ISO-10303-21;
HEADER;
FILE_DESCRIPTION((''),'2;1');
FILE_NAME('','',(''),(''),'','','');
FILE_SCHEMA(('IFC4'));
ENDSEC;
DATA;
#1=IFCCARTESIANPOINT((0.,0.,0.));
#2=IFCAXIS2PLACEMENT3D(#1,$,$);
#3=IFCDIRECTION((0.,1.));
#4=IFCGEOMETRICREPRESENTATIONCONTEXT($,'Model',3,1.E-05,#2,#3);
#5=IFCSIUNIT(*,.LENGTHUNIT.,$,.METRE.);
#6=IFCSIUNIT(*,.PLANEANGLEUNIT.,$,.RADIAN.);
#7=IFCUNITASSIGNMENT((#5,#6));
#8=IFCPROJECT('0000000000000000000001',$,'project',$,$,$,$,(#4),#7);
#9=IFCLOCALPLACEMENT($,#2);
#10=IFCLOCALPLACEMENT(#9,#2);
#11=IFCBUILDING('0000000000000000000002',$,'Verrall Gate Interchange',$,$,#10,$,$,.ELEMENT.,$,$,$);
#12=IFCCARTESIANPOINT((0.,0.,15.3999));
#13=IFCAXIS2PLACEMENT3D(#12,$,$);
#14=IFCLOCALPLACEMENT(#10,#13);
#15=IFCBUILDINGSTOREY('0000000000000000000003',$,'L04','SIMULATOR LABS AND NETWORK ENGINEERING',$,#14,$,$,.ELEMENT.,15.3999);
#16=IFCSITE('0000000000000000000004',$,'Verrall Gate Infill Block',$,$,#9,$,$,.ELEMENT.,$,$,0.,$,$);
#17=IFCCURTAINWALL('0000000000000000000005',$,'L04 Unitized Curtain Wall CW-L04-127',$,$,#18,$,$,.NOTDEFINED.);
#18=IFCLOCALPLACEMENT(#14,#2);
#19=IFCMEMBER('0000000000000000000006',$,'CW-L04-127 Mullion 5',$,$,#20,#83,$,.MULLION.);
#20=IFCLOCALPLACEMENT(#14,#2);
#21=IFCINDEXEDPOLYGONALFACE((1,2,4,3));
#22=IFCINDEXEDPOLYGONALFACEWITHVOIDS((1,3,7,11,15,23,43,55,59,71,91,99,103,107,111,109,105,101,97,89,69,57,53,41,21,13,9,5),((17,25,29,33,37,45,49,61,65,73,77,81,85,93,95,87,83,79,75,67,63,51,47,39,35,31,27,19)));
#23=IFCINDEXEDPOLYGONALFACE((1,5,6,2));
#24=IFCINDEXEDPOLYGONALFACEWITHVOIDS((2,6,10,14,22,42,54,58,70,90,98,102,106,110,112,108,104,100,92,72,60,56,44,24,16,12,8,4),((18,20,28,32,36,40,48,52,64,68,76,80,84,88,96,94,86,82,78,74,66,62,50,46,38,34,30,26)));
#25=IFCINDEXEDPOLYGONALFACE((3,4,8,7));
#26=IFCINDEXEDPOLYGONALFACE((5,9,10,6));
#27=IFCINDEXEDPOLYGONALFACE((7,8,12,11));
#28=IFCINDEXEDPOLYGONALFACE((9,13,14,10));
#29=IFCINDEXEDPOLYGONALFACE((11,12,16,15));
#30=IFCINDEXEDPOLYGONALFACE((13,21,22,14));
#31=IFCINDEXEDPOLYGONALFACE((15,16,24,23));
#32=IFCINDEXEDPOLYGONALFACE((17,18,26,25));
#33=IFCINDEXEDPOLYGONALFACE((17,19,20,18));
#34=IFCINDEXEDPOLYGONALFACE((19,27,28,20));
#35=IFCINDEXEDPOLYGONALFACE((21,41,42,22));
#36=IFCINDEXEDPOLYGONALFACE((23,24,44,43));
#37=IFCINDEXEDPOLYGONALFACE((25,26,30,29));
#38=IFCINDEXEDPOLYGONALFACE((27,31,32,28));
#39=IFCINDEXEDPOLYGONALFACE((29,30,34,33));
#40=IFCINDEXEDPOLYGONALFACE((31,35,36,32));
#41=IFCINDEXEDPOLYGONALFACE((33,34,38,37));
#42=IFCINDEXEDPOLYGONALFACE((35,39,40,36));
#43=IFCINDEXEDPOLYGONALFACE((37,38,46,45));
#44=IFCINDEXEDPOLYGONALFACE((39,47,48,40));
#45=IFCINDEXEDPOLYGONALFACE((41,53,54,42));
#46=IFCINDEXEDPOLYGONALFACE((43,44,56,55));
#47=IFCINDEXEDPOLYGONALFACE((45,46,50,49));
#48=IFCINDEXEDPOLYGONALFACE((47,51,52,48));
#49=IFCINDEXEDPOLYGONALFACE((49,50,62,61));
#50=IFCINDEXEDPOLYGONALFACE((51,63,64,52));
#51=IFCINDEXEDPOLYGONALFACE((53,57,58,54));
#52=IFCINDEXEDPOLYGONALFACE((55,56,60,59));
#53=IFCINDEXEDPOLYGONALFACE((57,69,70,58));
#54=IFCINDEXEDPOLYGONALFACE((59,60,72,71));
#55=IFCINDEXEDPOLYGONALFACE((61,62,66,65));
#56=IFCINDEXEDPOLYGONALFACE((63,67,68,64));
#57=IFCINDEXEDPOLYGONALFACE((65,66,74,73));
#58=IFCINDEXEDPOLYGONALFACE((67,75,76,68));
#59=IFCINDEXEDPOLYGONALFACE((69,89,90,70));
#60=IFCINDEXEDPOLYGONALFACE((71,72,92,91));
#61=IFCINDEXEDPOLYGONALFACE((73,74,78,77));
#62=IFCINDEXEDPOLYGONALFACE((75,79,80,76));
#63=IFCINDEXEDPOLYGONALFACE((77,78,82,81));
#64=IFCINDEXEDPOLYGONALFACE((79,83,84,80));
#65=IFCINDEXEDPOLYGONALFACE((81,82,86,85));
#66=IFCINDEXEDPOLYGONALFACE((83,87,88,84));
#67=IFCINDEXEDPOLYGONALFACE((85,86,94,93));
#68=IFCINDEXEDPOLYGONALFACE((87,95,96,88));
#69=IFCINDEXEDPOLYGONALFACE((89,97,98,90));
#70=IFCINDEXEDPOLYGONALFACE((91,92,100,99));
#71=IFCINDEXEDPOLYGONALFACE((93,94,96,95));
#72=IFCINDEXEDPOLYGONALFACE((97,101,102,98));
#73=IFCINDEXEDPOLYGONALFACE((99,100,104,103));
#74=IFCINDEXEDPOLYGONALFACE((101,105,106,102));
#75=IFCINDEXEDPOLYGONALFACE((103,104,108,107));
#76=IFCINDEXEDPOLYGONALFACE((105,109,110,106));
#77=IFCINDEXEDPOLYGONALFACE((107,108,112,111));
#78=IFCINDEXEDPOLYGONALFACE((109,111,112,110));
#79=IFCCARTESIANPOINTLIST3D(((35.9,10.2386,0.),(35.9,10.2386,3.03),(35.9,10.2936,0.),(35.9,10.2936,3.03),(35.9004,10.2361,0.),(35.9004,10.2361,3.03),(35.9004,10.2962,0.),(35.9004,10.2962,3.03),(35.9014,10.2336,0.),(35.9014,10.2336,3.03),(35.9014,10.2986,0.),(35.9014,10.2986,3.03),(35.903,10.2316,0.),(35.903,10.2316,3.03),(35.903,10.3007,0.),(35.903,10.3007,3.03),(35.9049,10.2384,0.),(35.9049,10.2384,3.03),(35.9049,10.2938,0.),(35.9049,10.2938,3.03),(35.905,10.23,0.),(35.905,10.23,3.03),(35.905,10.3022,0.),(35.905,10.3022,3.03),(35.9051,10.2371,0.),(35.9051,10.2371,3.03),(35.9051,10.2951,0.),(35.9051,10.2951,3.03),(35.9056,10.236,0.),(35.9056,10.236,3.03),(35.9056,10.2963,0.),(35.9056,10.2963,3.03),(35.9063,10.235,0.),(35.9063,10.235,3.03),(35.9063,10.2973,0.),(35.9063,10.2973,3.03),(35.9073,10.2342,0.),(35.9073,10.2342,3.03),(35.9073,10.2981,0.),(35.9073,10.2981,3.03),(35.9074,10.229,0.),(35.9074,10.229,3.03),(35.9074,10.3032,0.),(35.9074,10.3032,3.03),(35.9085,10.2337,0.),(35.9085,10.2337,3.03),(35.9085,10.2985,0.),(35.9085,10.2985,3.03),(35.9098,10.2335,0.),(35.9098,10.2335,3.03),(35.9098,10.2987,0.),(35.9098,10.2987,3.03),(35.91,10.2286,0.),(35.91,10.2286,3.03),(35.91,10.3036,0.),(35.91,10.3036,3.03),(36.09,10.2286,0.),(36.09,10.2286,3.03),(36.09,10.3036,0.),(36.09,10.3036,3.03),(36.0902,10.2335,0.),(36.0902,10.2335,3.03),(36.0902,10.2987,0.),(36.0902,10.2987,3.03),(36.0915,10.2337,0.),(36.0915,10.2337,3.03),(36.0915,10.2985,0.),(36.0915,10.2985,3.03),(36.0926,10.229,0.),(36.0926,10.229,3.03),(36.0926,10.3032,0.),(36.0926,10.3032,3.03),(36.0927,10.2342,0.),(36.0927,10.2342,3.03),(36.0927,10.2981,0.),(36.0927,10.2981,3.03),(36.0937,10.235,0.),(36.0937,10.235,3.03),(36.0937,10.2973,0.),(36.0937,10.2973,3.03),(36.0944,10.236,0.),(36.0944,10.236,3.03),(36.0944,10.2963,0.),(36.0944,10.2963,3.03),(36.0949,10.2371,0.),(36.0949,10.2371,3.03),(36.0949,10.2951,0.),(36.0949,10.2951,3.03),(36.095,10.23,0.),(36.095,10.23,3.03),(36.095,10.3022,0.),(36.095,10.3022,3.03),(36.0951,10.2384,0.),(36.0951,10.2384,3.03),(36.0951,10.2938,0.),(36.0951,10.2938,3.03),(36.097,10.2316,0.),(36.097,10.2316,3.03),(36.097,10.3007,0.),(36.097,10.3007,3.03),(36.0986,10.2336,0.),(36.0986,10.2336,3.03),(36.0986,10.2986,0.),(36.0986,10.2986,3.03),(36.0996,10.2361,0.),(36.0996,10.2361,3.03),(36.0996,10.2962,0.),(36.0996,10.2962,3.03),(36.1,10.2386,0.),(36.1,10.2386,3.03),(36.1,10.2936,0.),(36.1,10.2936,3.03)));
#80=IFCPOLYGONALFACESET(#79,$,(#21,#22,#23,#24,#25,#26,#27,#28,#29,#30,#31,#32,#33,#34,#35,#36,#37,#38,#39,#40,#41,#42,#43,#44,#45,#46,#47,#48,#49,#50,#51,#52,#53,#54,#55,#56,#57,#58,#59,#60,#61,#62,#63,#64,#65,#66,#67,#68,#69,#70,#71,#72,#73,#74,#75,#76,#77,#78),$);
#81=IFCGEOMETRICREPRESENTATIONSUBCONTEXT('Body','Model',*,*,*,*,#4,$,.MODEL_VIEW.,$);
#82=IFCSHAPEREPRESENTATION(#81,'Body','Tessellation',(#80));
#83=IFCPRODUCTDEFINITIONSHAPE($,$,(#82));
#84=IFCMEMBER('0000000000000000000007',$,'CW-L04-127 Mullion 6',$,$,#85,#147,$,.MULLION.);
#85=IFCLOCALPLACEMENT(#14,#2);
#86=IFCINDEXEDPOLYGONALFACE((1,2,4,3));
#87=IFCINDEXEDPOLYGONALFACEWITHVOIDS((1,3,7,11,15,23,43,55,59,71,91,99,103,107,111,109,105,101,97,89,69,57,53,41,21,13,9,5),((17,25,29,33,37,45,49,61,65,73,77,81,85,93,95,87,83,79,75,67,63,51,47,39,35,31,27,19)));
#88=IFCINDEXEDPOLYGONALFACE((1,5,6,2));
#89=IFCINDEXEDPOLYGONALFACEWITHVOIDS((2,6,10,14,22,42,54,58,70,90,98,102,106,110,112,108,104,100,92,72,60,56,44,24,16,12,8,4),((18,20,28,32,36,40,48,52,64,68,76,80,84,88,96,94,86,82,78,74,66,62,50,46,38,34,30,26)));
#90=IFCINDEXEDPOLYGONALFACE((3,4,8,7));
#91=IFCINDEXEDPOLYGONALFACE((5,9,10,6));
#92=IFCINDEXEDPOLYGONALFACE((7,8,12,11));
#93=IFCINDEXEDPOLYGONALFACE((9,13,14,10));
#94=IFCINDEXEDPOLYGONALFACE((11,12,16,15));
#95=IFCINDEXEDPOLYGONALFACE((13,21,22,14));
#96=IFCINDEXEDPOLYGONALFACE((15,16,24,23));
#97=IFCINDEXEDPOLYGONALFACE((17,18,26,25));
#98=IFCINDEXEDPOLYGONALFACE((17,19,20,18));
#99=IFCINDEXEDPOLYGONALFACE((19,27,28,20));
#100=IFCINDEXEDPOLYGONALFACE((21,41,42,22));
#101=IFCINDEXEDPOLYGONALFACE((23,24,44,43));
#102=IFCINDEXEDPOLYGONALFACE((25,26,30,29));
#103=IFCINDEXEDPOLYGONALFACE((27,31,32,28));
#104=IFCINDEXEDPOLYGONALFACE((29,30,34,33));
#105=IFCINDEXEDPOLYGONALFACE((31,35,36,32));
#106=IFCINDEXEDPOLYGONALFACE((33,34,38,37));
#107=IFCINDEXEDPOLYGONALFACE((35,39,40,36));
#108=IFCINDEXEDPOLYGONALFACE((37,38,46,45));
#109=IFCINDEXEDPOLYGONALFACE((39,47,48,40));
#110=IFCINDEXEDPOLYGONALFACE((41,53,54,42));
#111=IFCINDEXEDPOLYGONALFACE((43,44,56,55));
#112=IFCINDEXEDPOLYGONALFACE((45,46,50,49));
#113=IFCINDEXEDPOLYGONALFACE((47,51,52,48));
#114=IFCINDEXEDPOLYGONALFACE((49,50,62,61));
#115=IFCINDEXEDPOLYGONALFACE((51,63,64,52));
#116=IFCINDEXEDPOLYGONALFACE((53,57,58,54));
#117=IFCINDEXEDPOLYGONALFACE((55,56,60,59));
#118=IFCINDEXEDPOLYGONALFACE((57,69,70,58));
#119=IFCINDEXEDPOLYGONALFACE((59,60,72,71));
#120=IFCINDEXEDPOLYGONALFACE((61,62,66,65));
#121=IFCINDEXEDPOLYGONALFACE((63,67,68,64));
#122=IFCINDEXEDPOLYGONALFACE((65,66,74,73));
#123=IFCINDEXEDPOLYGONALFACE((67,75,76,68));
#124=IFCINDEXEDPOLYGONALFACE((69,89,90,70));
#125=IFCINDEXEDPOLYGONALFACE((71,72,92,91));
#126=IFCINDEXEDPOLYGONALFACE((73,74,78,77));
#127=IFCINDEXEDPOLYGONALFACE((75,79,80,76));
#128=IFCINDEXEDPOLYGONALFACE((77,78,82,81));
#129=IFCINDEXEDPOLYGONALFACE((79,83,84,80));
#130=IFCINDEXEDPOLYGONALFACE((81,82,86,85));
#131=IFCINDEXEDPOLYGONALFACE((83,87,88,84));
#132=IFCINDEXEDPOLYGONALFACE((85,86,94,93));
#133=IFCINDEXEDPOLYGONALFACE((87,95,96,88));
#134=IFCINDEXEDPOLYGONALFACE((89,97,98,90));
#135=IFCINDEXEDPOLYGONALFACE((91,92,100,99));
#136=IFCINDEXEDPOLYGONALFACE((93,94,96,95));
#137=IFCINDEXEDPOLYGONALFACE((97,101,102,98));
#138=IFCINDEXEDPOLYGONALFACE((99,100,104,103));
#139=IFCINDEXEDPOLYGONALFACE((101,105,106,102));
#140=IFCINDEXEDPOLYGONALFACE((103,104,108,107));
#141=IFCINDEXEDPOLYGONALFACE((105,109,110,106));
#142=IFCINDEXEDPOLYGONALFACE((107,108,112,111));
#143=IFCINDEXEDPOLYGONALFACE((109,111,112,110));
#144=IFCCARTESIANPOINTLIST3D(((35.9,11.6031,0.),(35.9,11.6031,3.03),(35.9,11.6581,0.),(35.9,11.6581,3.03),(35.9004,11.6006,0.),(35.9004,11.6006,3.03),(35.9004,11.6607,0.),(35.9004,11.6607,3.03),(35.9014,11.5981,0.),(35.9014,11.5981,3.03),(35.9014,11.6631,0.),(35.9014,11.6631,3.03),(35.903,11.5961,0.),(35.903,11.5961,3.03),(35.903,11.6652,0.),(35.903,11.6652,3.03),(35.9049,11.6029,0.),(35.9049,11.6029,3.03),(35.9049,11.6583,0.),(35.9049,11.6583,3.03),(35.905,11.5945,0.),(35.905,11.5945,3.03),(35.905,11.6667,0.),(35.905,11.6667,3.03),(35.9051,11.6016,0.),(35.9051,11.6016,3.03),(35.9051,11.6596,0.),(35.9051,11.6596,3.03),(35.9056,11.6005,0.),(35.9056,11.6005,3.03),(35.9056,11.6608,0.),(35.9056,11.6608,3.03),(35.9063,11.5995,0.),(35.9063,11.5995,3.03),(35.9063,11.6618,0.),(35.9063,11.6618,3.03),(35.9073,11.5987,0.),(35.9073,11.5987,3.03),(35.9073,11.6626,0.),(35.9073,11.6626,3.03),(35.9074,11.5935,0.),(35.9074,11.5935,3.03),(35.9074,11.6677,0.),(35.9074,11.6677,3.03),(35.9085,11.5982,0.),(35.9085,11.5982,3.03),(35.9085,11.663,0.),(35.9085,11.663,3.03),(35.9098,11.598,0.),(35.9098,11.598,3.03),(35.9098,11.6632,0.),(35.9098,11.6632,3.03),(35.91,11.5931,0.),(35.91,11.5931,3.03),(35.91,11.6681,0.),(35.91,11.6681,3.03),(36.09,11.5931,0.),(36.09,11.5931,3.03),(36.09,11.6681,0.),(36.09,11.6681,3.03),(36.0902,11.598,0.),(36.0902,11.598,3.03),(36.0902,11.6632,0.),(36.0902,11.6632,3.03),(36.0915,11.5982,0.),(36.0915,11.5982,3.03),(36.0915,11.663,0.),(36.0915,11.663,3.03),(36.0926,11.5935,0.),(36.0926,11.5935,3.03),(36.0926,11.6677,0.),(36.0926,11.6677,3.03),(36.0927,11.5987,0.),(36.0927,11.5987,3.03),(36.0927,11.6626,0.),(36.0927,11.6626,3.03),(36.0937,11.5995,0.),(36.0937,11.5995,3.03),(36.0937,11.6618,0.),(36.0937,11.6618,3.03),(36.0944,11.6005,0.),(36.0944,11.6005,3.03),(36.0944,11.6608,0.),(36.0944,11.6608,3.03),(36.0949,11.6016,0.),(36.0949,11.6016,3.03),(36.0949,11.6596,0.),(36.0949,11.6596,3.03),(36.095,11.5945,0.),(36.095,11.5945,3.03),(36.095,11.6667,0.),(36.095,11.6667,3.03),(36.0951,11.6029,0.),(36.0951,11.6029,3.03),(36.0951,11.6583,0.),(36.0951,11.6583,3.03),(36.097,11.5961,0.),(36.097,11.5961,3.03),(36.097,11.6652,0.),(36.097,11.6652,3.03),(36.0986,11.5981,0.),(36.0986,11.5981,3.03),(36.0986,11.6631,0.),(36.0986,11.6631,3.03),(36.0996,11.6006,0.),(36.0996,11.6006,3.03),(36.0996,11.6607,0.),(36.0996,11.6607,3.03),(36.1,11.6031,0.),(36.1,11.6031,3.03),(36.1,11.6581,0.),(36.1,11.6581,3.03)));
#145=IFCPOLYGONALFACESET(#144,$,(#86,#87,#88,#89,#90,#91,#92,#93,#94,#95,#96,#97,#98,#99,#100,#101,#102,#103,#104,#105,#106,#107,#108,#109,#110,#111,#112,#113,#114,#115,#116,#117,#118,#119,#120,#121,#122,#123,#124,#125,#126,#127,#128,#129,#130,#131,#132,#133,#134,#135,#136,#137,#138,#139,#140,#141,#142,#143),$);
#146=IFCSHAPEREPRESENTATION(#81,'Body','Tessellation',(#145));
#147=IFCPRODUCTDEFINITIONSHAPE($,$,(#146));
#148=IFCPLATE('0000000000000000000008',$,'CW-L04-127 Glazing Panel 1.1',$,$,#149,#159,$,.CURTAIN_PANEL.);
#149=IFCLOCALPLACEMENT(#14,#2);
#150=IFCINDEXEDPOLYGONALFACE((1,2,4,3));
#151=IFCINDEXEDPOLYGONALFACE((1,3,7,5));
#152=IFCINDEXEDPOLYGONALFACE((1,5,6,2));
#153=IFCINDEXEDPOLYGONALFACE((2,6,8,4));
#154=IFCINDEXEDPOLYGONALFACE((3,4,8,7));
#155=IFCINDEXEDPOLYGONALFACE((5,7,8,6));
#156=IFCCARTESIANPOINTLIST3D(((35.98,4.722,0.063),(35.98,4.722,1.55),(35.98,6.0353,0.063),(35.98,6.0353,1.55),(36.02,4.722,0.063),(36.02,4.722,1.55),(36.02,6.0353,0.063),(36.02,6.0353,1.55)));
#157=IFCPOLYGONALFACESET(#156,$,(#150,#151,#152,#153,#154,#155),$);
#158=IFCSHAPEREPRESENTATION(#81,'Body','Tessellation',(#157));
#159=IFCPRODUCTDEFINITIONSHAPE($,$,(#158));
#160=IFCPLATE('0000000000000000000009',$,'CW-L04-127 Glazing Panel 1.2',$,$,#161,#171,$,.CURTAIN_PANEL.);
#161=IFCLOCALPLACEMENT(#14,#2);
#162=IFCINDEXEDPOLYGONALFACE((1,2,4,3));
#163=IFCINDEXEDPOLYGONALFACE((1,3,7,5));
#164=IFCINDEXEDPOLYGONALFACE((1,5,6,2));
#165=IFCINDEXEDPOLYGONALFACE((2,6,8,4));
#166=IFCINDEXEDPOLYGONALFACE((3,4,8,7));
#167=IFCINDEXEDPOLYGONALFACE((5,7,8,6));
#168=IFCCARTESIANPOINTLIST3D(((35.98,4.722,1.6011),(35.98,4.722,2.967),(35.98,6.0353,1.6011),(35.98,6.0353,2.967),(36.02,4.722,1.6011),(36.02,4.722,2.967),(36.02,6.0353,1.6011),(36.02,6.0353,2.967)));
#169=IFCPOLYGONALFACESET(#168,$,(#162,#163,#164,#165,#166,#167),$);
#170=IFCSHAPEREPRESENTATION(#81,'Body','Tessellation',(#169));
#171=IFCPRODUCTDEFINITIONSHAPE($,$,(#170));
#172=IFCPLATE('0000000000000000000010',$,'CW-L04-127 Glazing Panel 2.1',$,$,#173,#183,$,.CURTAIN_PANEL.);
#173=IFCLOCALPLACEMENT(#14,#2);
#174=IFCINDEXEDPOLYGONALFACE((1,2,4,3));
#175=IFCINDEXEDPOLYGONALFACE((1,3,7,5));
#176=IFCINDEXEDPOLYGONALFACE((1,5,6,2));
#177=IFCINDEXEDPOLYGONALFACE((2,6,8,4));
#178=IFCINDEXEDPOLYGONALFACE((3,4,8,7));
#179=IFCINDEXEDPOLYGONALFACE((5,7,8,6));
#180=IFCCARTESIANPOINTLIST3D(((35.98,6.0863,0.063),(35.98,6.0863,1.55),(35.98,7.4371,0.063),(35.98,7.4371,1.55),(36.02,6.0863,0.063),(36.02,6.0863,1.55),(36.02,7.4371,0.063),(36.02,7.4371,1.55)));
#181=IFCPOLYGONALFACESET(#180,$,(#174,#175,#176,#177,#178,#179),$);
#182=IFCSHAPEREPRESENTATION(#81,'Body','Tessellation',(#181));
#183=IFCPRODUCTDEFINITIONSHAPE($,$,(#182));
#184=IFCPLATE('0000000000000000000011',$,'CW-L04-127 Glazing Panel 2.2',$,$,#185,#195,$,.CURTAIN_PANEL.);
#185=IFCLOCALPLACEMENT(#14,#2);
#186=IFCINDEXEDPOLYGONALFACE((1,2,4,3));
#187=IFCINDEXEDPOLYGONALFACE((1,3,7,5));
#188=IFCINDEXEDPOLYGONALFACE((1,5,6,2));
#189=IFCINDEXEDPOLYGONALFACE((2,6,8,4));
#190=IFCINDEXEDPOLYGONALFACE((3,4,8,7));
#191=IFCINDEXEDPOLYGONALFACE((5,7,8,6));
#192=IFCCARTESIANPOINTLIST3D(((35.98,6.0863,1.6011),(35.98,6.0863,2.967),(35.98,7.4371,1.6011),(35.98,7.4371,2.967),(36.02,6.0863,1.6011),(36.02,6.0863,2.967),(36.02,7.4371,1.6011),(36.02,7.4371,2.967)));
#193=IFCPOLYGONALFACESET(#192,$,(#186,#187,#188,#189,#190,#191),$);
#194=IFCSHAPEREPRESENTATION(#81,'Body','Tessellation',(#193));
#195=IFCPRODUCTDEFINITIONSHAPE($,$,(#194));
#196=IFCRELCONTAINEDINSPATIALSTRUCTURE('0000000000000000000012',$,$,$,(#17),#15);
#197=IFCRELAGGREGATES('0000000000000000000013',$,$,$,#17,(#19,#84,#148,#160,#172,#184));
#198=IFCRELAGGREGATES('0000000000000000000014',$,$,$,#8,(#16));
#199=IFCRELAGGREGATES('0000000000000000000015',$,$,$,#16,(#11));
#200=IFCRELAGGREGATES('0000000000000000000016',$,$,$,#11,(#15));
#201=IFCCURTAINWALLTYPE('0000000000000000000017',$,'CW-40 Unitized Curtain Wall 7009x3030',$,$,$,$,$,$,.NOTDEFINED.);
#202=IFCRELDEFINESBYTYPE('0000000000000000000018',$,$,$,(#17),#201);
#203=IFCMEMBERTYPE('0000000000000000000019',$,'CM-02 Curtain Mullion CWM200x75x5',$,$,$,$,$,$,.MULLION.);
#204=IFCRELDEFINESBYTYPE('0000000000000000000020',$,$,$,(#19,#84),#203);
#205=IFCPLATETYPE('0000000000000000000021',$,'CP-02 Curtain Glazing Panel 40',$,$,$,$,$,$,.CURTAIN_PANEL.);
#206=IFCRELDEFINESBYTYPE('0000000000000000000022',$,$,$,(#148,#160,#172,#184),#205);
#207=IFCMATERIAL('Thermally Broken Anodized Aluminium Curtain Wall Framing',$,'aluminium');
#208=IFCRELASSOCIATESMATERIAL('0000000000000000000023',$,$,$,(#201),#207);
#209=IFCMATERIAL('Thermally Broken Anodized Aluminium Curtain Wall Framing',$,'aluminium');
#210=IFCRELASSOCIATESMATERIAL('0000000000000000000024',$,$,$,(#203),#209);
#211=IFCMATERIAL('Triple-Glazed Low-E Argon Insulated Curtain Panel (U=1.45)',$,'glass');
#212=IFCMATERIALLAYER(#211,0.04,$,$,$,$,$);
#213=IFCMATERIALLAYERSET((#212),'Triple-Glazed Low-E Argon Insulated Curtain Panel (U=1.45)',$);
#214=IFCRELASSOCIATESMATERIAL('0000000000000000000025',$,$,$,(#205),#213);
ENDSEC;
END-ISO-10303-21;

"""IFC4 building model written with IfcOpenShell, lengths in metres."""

from ifc_helpers import new_model, si_unit, direction, frame, origin, origin_2d, place, context, subcontext, project, spatial, rectangle, hollow_rectangle, extrude, material, layer, layer_set, material_profile, profile_set, type_object, element, aggregate, save


model = new_model("IFC4")

# Units and contexts
model_context = context("Model", 3, precision=1e-05, world=origin(), true_north=direction((0.0, 1.0)))
body_context = subcontext(model_context, "Body", "Model", "MODEL_VIEW")
ifc_project = project(units=[si_unit("LENGTHUNIT", "METRE"), si_unit("PLANEANGLEUNIT", "RADIAN")], contexts=[model_context])

# Site, building, storey
site_placement = place(None, origin())
site = spatial("IfcSite", under=ifc_project, at=site_placement, Name="Verrall Gate Infill Block", CompositionType="ELEMENT", RefElevation=0.0)
building_placement = place(site_placement, origin())
building = spatial("IfcBuilding", under=site, at=building_placement, Name="Verrall Gate Interchange", CompositionType="ELEMENT")
storey_placement = place(building_placement, frame((0.0, 0.0, 15.3999)))
storey = spatial("IfcBuildingStorey", under=building, at=storey_placement, Name="L04", Description="SIMULATOR LABS AND NETWORK ENGINEERING", CompositionType="ELEMENT", Elevation=15.3999)

# Curtain wall, members, plates
ifc_material_1 = material(Name="Thermally Broken Anodized Aluminium Curtain Wall Framing", Category="aluminium")
curtain_wall_type = type_object("IfcCurtainWallType", Name="CW-40 Unitized Curtain Wall 7009x3030", PredefinedType="NOTDEFINED", material=ifc_material_1)
curtain_wall_placement = place(storey_placement, origin())
curtain_wall = element("IfcCurtainWall", 1, at=curtain_wall_placement, inside=storey, type_object=curtain_wall_type, Name="L04 Unitized Curtain Wall CW-L04-127", PredefinedType="NOTDEFINED")
ifc_material_2 = material(Name="Thermally Broken Anodized Aluminium Curtain Wall Framing", Category="aluminium")
ifc_material_profile_1 = material_profile(ifc_material_2, hollow_rectangle(XDim=0.075, YDim=0.2, WallThickness=0.0049, InnerFilletRadius=0.0049, OuterFilletRadius=0.01, at=origin_2d()), Name="CWM200x75x5")
ifc_profile_set_1 = profile_set([ifc_material_profile_1], Name="Thermally Broken Anodized Aluminium Curtain Wall Framing")
member_type_1 = type_object("IfcMemberType", Name="CM-02 Curtain Mullion CWM200x75x5", PredefinedType="MULLION", material=ifc_profile_set_1)
member_1_placement = place(storey_placement, frame((36.0, 10.2661, 0.0), z_axis=(0.0, 0.0, 1.0), x_axis=(0.0, 1.0, 0.0)))
member_1 = element("IfcMember", 2, at=member_1_placement, type_object=member_type_1, Name="CW-L04-127 Mullion 5", PredefinedType="MULLION", context=body_context, shape_type="SweptSolid", body=[
    extrude(hollow_rectangle(XDim=0.075, YDim=0.2, WallThickness=0.0049, InnerFilletRadius=0.0049, OuterFilletRadius=0.01, at=origin_2d()), origin(), (0.0, 0.0, 1.0), 3.03),
])
member_2_placement = place(storey_placement, frame((36.0, 11.6306, 0.0), z_axis=(0.0, 0.0, 1.0), x_axis=(0.0, 1.0, 0.0)))
member_2 = element("IfcMember", 3, at=member_2_placement, type_object=member_type_1, Name="CW-L04-127 Mullion 6", PredefinedType="MULLION", context=body_context, shape_type="SweptSolid", body=[
    extrude(hollow_rectangle(XDim=0.075, YDim=0.2, WallThickness=0.0049, InnerFilletRadius=0.0049, OuterFilletRadius=0.01, at=origin_2d()), origin(), (0.0, 0.0, 1.0), 3.03),
])
ifc_material_3 = material(Name="Triple-Glazed Low-E Argon Insulated Curtain Panel (U=1.45)", Category="glass")
ifc_layer_1 = layer(ifc_material_3, 0.04)
ifc_layer_set_1 = layer_set([ifc_layer_1], Name="Triple-Glazed Low-E Argon Insulated Curtain Panel (U=1.45)")
plate_type_1 = type_object("IfcPlateType", Name="CP-02 Curtain Glazing Panel 40", PredefinedType="CURTAIN_PANEL", material=ifc_layer_set_1)
plate_1_placement = place(storey_placement, frame((36.0, 5.3787, 0.063), z_axis=(0.0, 0.0, 1.0), x_axis=(0.0, 1.0, 0.0)))
plate_1 = element("IfcPlate", 4, at=plate_1_placement, type_object=plate_type_1, Name="CW-L04-127 Glazing Panel 1.1", PredefinedType="CURTAIN_PANEL", context=body_context, shape_type="SweptSolid", body=[
    extrude(rectangle(XDim=1.3132, YDim=0.04, at=origin_2d()), origin(), (0.0, 0.0, 1.0), 1.4871),
])
plate_2_placement = place(storey_placement, frame((36.0, 5.3787, 1.6011), z_axis=(0.0, 0.0, 1.0), x_axis=(0.0, 1.0, 0.0)))
plate_2 = element("IfcPlate", 5, at=plate_2_placement, type_object=plate_type_1, Name="CW-L04-127 Glazing Panel 1.2", PredefinedType="CURTAIN_PANEL", context=body_context, shape_type="SweptSolid", body=[
    extrude(rectangle(XDim=1.3132, YDim=0.04, at=origin_2d()), origin(), (0.0, 0.0, 1.0), 1.366),
])
plate_3_placement = place(storey_placement, frame((36.0, 6.7617, 0.063), z_axis=(0.0, 0.0, 1.0), x_axis=(0.0, 1.0, 0.0)))
plate_3 = element("IfcPlate", 6, at=plate_3_placement, type_object=plate_type_1, Name="CW-L04-127 Glazing Panel 2.1", PredefinedType="CURTAIN_PANEL", context=body_context, shape_type="SweptSolid", body=[
    extrude(rectangle(XDim=1.3508, YDim=0.04, at=origin_2d()), origin(), (0.0, 0.0, 1.0), 1.4871),
])
plate_4_placement = place(storey_placement, frame((36.0, 6.7617, 1.6011), z_axis=(0.0, 0.0, 1.0), x_axis=(0.0, 1.0, 0.0)))
plate_4 = element("IfcPlate", 7, at=plate_4_placement, type_object=plate_type_1, Name="CW-L04-127 Glazing Panel 2.2", PredefinedType="CURTAIN_PANEL", context=body_context, shape_type="SweptSolid", body=[
    extrude(rectangle(XDim=1.3508, YDim=0.04, at=origin_2d()), origin(), (0.0, 0.0, 1.0), 1.366),
])
aggregate(curtain_wall, [member_1, member_2, plate_1, plate_2, plate_3, plate_4])

save(model, "model.ifc")
